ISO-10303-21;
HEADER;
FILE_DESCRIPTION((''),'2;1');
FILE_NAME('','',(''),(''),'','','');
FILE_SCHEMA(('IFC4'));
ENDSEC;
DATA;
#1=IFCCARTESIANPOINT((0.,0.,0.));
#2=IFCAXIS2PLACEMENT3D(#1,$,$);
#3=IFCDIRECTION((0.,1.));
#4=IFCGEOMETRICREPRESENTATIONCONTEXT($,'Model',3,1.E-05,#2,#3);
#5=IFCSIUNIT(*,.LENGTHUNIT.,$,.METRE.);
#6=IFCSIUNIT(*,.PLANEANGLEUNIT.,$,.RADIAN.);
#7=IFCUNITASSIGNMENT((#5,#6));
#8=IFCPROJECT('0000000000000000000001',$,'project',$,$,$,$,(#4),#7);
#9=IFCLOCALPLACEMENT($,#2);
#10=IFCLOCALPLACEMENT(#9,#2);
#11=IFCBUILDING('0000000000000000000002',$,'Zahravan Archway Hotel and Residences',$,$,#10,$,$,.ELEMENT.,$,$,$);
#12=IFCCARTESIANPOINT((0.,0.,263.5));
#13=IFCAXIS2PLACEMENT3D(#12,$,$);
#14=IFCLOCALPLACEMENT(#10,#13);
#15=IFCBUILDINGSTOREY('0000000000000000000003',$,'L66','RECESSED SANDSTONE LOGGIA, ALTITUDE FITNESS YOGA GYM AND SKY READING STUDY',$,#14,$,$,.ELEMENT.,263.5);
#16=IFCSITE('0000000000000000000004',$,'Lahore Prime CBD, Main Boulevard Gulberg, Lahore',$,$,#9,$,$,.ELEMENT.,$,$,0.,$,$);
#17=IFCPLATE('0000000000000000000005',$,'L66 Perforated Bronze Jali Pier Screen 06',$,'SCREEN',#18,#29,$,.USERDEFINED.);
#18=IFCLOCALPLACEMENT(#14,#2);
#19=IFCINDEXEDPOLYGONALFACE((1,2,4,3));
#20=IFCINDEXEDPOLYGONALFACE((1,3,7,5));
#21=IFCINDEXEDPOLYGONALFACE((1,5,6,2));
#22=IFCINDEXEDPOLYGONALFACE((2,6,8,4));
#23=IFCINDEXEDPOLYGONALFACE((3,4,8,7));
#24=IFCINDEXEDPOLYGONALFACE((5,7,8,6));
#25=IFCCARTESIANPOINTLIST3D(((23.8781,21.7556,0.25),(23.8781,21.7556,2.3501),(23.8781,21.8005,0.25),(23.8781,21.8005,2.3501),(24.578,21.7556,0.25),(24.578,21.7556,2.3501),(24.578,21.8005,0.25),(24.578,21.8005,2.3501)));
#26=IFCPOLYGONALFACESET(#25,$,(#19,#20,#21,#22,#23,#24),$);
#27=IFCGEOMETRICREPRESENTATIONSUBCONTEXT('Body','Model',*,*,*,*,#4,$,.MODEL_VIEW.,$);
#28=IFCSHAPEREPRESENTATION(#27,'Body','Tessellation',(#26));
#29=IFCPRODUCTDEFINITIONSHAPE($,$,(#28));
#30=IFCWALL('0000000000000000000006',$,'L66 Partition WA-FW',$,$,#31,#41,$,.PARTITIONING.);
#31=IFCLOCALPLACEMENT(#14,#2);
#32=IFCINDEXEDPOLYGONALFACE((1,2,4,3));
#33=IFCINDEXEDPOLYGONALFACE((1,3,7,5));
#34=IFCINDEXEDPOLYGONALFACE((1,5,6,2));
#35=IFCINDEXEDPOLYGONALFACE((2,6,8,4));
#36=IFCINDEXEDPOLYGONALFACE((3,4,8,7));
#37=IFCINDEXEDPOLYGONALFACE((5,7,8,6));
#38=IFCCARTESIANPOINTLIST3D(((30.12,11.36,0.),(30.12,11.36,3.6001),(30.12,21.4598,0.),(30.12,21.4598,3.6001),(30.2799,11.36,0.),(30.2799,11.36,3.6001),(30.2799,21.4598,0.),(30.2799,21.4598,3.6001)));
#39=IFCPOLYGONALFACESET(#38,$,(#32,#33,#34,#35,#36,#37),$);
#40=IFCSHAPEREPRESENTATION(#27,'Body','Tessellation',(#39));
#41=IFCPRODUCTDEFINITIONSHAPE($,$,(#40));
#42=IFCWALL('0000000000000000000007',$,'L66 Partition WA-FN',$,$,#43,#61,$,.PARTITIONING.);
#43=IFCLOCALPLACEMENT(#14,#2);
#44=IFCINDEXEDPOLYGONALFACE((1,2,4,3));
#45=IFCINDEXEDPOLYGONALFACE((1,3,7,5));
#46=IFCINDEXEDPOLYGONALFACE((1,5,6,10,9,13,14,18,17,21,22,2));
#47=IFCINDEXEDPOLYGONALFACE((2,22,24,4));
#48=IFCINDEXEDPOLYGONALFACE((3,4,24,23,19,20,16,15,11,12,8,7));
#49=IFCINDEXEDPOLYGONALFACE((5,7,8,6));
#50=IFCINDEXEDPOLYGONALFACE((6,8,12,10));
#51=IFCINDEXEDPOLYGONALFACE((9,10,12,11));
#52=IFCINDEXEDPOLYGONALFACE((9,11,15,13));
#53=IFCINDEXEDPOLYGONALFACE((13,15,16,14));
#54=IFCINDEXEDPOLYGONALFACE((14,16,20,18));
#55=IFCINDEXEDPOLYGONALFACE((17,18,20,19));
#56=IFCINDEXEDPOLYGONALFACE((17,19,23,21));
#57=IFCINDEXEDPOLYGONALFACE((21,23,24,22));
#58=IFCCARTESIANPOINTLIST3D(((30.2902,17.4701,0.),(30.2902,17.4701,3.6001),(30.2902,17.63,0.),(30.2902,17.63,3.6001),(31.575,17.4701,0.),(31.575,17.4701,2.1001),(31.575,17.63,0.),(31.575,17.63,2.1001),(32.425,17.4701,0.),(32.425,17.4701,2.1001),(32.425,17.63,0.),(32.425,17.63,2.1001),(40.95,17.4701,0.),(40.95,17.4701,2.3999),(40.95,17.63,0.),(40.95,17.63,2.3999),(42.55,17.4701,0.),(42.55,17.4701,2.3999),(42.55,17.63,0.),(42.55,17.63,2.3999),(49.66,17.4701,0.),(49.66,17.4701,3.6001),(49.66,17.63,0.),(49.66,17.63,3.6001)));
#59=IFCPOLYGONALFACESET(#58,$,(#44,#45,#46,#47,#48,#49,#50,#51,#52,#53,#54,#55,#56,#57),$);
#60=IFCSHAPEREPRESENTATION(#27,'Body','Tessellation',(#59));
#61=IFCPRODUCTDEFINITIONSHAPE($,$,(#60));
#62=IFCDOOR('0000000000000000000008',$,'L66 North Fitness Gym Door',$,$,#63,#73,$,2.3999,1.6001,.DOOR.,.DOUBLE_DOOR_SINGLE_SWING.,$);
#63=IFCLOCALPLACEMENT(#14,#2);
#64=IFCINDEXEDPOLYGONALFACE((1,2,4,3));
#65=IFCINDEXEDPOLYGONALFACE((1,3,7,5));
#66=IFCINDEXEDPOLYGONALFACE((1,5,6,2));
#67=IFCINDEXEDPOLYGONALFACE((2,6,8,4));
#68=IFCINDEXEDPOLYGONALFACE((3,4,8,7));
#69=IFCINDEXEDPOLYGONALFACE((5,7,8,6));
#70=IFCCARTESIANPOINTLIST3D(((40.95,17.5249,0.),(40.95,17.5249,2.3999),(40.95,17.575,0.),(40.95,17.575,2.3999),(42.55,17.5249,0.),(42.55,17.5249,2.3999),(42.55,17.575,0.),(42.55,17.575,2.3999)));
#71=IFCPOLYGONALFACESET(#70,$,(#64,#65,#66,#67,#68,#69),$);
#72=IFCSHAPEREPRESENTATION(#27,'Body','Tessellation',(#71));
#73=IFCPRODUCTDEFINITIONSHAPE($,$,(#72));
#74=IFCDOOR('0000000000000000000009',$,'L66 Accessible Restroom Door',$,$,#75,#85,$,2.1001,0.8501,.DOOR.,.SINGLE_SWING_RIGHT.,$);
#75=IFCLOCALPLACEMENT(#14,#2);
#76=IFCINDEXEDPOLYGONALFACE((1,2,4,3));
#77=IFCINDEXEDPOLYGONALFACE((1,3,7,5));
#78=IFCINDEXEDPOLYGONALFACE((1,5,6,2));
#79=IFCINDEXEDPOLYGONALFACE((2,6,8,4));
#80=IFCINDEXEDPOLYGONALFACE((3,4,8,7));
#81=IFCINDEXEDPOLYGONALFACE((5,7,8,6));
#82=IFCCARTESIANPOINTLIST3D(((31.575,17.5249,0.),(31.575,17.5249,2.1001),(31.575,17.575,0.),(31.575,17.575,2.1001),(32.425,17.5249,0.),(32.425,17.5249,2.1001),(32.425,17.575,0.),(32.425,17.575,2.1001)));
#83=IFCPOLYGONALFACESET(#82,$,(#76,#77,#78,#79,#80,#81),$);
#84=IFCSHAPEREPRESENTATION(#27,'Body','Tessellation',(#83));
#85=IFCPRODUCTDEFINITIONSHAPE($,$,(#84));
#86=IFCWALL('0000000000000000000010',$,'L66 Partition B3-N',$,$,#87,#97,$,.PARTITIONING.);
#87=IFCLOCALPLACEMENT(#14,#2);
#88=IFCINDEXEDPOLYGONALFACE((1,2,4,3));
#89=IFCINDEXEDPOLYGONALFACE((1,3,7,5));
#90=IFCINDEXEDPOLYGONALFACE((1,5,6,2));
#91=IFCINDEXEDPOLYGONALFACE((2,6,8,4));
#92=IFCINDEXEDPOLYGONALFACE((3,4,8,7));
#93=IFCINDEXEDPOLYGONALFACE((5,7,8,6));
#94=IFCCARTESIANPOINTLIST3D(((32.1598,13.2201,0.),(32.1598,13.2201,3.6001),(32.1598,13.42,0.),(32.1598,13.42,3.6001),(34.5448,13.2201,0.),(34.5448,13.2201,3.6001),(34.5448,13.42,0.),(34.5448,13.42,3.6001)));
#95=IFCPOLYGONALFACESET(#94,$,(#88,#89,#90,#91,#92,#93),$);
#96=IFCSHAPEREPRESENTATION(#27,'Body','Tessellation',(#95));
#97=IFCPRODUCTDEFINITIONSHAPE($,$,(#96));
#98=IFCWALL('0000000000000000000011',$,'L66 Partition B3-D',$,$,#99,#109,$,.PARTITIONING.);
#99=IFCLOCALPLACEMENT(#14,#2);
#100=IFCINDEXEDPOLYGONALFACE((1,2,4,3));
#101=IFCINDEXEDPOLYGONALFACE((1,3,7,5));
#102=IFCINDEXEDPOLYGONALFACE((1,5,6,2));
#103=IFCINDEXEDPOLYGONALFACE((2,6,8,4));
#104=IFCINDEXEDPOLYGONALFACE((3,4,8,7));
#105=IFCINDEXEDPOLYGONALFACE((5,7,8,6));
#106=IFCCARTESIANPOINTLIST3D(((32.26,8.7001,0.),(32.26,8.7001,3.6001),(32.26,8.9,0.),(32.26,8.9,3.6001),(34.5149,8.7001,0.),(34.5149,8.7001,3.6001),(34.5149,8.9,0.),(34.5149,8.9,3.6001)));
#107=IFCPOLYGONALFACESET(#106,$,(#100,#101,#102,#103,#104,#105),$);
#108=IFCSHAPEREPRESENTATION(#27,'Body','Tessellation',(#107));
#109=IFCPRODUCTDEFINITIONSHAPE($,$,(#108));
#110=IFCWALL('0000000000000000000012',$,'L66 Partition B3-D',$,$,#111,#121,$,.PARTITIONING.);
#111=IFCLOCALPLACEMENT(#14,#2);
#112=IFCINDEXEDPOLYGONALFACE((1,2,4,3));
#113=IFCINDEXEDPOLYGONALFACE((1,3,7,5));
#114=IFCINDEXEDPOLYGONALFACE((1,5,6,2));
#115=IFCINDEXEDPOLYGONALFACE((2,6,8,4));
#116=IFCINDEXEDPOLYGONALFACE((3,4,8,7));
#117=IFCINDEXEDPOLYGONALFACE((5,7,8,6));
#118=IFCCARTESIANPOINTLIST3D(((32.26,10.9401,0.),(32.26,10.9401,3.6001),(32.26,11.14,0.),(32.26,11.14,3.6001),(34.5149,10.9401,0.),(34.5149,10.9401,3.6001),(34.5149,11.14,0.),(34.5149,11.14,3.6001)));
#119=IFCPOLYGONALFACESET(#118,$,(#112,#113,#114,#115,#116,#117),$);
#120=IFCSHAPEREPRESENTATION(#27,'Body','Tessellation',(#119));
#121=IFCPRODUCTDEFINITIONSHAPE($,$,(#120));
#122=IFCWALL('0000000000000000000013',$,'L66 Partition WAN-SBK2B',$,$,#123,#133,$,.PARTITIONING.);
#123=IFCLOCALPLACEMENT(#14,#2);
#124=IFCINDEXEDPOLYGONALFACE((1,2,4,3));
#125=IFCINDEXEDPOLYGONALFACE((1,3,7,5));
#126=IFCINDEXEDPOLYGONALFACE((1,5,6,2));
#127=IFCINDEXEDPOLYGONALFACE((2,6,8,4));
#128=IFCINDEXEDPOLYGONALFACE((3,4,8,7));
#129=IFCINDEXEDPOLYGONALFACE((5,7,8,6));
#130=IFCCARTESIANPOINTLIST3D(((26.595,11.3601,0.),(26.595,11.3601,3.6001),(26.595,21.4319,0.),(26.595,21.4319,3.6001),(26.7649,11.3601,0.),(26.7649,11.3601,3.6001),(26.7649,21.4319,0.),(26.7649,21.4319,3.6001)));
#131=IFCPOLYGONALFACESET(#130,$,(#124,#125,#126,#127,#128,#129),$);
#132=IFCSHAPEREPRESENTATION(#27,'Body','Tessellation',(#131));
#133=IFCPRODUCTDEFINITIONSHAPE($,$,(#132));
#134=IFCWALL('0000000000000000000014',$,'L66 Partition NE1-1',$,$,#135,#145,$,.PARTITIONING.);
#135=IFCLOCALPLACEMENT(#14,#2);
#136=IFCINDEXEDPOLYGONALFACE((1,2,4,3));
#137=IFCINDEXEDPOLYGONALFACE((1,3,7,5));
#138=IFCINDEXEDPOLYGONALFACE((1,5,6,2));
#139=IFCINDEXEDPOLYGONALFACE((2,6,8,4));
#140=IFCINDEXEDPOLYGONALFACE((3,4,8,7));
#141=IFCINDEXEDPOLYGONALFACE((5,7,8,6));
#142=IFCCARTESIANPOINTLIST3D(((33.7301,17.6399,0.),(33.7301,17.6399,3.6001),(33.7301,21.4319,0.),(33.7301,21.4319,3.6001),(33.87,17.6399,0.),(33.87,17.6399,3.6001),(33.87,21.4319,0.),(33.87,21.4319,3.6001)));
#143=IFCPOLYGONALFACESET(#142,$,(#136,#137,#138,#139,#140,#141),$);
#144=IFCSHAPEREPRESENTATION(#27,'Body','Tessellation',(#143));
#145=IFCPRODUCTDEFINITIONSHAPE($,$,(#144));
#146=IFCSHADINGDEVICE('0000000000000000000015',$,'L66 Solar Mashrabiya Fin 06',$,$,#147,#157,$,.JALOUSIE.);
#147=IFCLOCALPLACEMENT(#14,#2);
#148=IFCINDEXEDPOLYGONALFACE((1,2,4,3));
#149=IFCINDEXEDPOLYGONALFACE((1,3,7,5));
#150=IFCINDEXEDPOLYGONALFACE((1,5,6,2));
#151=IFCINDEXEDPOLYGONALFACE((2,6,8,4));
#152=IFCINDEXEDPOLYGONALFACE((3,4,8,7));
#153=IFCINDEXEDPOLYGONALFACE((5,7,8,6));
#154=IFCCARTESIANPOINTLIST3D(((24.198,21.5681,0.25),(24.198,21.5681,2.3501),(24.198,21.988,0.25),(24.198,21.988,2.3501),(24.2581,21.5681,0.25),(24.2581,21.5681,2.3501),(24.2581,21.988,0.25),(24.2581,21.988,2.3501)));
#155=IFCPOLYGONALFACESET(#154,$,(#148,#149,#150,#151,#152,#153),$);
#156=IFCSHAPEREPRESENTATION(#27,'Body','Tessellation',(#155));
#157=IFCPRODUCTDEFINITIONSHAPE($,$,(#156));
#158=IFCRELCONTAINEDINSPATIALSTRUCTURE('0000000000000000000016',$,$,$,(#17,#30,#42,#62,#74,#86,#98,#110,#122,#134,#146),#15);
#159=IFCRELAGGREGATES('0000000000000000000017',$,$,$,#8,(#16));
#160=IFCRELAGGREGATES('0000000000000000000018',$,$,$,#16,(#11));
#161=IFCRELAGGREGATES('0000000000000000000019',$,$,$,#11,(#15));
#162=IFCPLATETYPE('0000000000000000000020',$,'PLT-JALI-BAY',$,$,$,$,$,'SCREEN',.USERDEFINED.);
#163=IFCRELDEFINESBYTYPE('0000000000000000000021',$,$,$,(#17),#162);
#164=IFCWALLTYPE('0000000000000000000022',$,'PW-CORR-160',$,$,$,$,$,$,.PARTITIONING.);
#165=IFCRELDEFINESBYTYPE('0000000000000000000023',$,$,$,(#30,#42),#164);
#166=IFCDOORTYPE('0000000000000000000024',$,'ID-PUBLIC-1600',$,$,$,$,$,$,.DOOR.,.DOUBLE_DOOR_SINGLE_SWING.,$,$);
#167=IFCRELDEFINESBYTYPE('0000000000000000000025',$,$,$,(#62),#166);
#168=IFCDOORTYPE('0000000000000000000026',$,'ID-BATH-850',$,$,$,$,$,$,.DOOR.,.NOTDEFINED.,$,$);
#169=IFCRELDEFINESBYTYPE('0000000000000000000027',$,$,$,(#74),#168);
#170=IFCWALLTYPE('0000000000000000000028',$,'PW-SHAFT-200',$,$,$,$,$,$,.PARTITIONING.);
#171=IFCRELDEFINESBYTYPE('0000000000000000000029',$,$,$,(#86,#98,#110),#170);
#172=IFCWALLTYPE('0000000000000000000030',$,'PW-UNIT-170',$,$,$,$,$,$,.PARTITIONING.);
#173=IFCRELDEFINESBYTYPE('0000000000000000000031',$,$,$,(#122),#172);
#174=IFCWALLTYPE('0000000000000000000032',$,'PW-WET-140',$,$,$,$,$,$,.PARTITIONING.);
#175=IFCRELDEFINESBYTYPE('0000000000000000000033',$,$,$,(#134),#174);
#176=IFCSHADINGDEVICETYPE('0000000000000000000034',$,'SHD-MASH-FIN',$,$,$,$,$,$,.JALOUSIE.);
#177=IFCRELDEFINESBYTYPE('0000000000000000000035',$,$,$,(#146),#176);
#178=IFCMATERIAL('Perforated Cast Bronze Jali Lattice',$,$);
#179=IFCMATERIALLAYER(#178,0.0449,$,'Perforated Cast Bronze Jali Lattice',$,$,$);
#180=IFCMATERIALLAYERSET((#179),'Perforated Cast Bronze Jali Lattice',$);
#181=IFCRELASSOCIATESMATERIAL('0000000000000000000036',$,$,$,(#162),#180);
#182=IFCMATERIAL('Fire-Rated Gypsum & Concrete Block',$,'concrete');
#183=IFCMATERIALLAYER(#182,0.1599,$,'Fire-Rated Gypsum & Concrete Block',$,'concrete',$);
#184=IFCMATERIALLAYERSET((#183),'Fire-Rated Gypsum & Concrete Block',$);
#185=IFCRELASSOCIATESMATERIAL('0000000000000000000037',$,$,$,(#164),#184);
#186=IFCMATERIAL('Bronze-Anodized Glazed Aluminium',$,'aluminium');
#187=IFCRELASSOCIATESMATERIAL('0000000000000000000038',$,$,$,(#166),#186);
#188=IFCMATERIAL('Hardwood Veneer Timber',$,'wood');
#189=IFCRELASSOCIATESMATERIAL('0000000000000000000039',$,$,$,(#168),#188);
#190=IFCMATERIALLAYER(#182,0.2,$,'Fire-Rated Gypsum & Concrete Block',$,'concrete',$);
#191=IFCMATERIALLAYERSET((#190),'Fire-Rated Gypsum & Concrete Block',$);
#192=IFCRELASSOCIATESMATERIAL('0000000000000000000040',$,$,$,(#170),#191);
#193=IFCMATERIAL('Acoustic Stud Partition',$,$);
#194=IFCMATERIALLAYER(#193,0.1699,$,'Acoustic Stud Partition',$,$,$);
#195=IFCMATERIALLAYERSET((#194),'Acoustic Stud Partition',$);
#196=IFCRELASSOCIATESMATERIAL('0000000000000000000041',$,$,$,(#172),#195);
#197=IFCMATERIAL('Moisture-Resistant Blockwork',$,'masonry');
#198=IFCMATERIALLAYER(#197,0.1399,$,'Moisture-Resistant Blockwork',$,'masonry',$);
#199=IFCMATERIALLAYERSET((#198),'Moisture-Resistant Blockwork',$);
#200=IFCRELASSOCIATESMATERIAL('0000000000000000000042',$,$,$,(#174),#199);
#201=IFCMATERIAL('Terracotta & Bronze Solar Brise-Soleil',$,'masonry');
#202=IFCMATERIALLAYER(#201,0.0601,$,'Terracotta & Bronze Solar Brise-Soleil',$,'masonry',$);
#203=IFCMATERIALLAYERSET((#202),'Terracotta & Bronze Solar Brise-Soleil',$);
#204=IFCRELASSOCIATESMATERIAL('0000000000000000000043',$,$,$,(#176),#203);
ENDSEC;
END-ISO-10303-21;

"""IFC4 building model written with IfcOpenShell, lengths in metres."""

from ifc_helpers import new_model, si_unit, direction, frame, frame_2d, origin, origin_2d, place, context, subcontext, project, spatial, rectangle, extrude, source, transform, mapped, material, layer, layer_set, type_object, type_shapes, element, fill, save


model = new_model("IFC4")

# Units and contexts
model_context = context("Model", 3, precision=1e-05, world=origin(), true_north=direction((0.0, 1.0)))
body_context = subcontext(model_context, "Body", "Model", "MODEL_VIEW")
ifc_project = project(units=[si_unit("LENGTHUNIT", "METRE"), si_unit("PLANEANGLEUNIT", "RADIAN")], contexts=[model_context])

# Site, building, storey
site_placement = place(None, origin())
site = spatial("IfcSite", under=ifc_project, at=site_placement, Name="Lahore Prime CBD, Main Boulevard Gulberg, Lahore", CompositionType="ELEMENT", RefElevation=0.0)
building_placement = place(site_placement, origin())
building = spatial("IfcBuilding", under=site, at=building_placement, Name="Zahravan Archway Hotel and Residences", CompositionType="ELEMENT")
storey_placement = place(building_placement, frame((0.0, 0.0, 263.5)))
storey = spatial("IfcBuildingStorey", under=building, at=storey_placement, Name="L66", Description="RECESSED SANDSTONE LOGGIA, ALTITUDE FITNESS YOGA GYM AND SKY READING STUDY", CompositionType="ELEMENT", Elevation=263.5)

# Plate
ifc_material_1 = material(Name="Perforated Cast Bronze Jali Lattice")
ifc_layer_1 = layer(ifc_material_1, 0.0449, Name="Perforated Cast Bronze Jali Lattice")
ifc_layer_set_1 = layer_set([ifc_layer_1], Name="Perforated Cast Bronze Jali Lattice")
plate_type = type_object("IfcPlateType", Name="PLT-JALI-BAY", ElementType="SCREEN", PredefinedType="USERDEFINED", material=ifc_layer_set_1)
shared_shape_1 = source(origin(), body_context, "Body", "SweptSolid", [
    extrude(rectangle(XDim=0.7, YDim=0.0449, at=origin_2d()), origin(), (0.0, 0.0, 1.0), 2.1001),
])
type_shapes(plate_type, [shared_shape_1])
plate_placement = place(storey_placement, frame((24.228, 21.7781, 0.25), z_axis=(0.0, 0.0, 1.0), x_axis=(1.0, 0.0, 0.0)))
element("IfcPlate", 1, at=plate_placement, inside=storey, type_object=plate_type, Name="L66 Perforated Bronze Jali Pier Screen 06", ObjectType="SCREEN", PredefinedType="USERDEFINED", context=body_context, shape_type="MappedRepresentation", body=[
    mapped(shared_shape_1, transform((0.0, 0.0, 0.0), scale=1.0)),
])

# Wall
ifc_material_2 = material(Name="Fire-Rated Gypsum & Concrete Block", Category="concrete")
ifc_layer_2 = layer(ifc_material_2, 0.1599, Name="Fire-Rated Gypsum & Concrete Block", Category="concrete")
ifc_layer_set_2 = layer_set([ifc_layer_2], Name="Fire-Rated Gypsum & Concrete Block")
wall_type_1 = type_object("IfcWallType", Name="PW-CORR-160", PredefinedType="PARTITIONING", material=ifc_layer_set_2)
wall_1_placement = place(storey_placement, frame((30.2, 11.3601, 0.0), z_axis=(0.0, 0.0, 1.0), x_axis=(0.0, 1.0, 0.0)))
element("IfcWall", 2, at=wall_1_placement, inside=storey, type_object=wall_type_1, Name="L66 Partition WA-FW", PredefinedType="PARTITIONING", context=body_context, shape_type="SweptSolid", body=[
    extrude(rectangle(XDim=10.0999, YDim=0.1599, at=frame_2d((5.0498, 0.0))), origin(), (0.0, 0.0, 1.0), 3.6001),
])

# Wall, openings, doors
wall_2_placement = place(storey_placement, frame((30.29, 17.55, 0.0), z_axis=(0.0, 0.0, 1.0), x_axis=(1.0, 0.0, 0.0)))
wall_2 = element("IfcWall", 3, at=wall_2_placement, inside=storey, type_object=wall_type_1, Name="L66 Partition WA-FN", PredefinedType="PARTITIONING", context=body_context, shape_type="SweptSolid", body=[
    extrude(rectangle(XDim=19.3699, YDim=0.1599, at=frame_2d((9.6851, 0.0))), origin(), (0.0, 0.0, 1.0), 3.6001),
])
opening_1_placement = place(wall_2_placement, frame((1.2849, 0.0, 0.0)))
opening_1 = element("IfcOpeningElement", 4, at=opening_1_placement, cuts=wall_2, PredefinedType="OPENING", context=body_context, shape_type="SweptSolid", body=[
    extrude(rectangle(XDim=0.8501, YDim=2.1001, at=frame_2d((0.425, 1.05))), frame((0.0, 0.0898, 0.0), z_axis=(0.0, -1.0, 0.0), x_axis=(1.0, 0.0, 0.0)), (0.0, 0.0, 1.0), 0.1799),
])
opening_2_placement = place(wall_2_placement, frame((10.6599, 0.0, 0.0)))
opening_2 = element("IfcOpeningElement", 5, at=opening_2_placement, cuts=wall_2, PredefinedType="OPENING", context=body_context, shape_type="SweptSolid", body=[
    extrude(rectangle(XDim=1.6001, YDim=2.3999, at=frame_2d((0.8, 1.2))), frame((0.0, 0.0898, 0.0), z_axis=(0.0, -1.0, 0.0), x_axis=(1.0, 0.0, 0.0)), (0.0, 0.0, 1.0), 0.1799),
])
ifc_material_3 = material(Name="Bronze-Anodized Glazed Aluminium", Category="aluminium")
door_type_1 = type_object("IfcDoorType", Name="ID-PUBLIC-1600", OperationType="DOUBLE_DOOR_SINGLE_SWING", PredefinedType="DOOR", material=ifc_material_3)
shared_shape_2 = source(origin(), body_context, "Body", "SweptSolid", [
    extrude(rectangle(XDim=1.6001, YDim=2.3999, at=frame_2d((0.8, 1.2))), frame((0.0, 0.0249, 0.0), z_axis=(0.0, -1.0, 0.0), x_axis=(1.0, 0.0, 0.0)), (0.0, 0.0, 1.0), 0.05),
])
type_shapes(door_type_1, [shared_shape_2])
door_1_placement = place(opening_2_placement, origin())
door_1 = element("IfcDoor", 6, at=door_1_placement, inside=storey, type_object=door_type_1, Name="L66 North Fitness Gym Door", OperationType="DOUBLE_DOOR_SINGLE_SWING", OverallHeight=2.3999, OverallWidth=1.6001, PredefinedType="DOOR", context=body_context, shape_type="MappedRepresentation", body=[
    mapped(shared_shape_2, transform((0.0, 0.0, 0.0), scale=1.0)),
])
fill(opening_2, door_1)
ifc_material_4 = material(Name="Hardwood Veneer Timber", Category="wood")
door_type_2 = type_object("IfcDoorType", Name="ID-BATH-850", OperationType="NOTDEFINED", PredefinedType="DOOR", material=ifc_material_4)
shared_shape_3 = source(origin(), body_context, "Body", "SweptSolid", [
    extrude(rectangle(XDim=0.8501, YDim=2.1001, at=frame_2d((0.425, 1.05))), frame((0.0, 0.0249, 0.0), z_axis=(0.0, -1.0, 0.0), x_axis=(1.0, 0.0, 0.0)), (0.0, 0.0, 1.0), 0.05),
])
type_shapes(door_type_2, [shared_shape_3])
door_2_placement = place(opening_1_placement, origin())
door_2 = element("IfcDoor", 7, at=door_2_placement, inside=storey, type_object=door_type_2, Name="L66 Accessible Restroom Door", OperationType="SINGLE_SWING_RIGHT", OverallHeight=2.1001, OverallWidth=0.8501, PredefinedType="DOOR", context=body_context, shape_type="MappedRepresentation", body=[
    mapped(shared_shape_3, transform((0.0, 0.0, 0.0), scale=1.0)),
])
fill(opening_1, door_2)

# Walls
ifc_layer_3 = layer(ifc_material_2, 0.2, Name="Fire-Rated Gypsum & Concrete Block", Category="concrete")
ifc_layer_set_3 = layer_set([ifc_layer_3], Name="Fire-Rated Gypsum & Concrete Block")
wall_type_2 = type_object("IfcWallType", Name="PW-SHAFT-200", PredefinedType="PARTITIONING", material=ifc_layer_set_3)
wall_3_placement = place(storey_placement, frame((32.1599, 13.3201, 0.0), z_axis=(0.0, 0.0, 1.0), x_axis=(1.0, 0.0, 0.0)))
element("IfcWall", 8, at=wall_3_placement, inside=storey, type_object=wall_type_2, Name="L66 Partition B3-N", PredefinedType="PARTITIONING", context=body_context, shape_type="SweptSolid", body=[
    extrude(rectangle(XDim=2.385, YDim=0.2, at=frame_2d((1.1924, 0.0))), origin(), (0.0, 0.0, 1.0), 3.6001),
])
for number, where, z_axis, x_axis, name in (
    (9, (32.26, 8.8, 0.0), (0.0, 0.0, 1.0), (1.0, 0.0, 0.0), "L66 Partition B3-D"),
    (10, (32.26, 11.04, 0.0), (0.0, 0.0, 1.0), (1.0, 0.0, 0.0), "L66 Partition B3-D"),
):
    element("IfcWall", number, at=place(storey_placement, frame(where, z_axis=z_axis, x_axis=x_axis)), inside=storey, type_object=wall_type_2, Name=name, PredefinedType="PARTITIONING", context=body_context, shape_type="SweptSolid", body=[
        extrude(rectangle(XDim=2.2549, YDim=0.2, at=frame_2d((1.1274, 0.0))), origin(), (0.0, 0.0, 1.0), 3.6001),
    ])
ifc_material_5 = material(Name="Acoustic Stud Partition")
ifc_layer_4 = layer(ifc_material_5, 0.1699, Name="Acoustic Stud Partition")
ifc_layer_set_4 = layer_set([ifc_layer_4], Name="Acoustic Stud Partition")
wall_type_3 = type_object("IfcWallType", Name="PW-UNIT-170", PredefinedType="PARTITIONING", material=ifc_layer_set_4)
wall_4_placement = place(storey_placement, frame((26.6799, 11.3601, 0.0), z_axis=(0.0, 0.0, 1.0), x_axis=(0.0, 1.0, 0.0)))
element("IfcWall", 11, at=wall_4_placement, inside=storey, type_object=wall_type_3, Name="L66 Partition WAN-SBK2B", PredefinedType="PARTITIONING", context=body_context, shape_type="SweptSolid", body=[
    extrude(rectangle(XDim=10.0718, YDim=0.1699, at=frame_2d((5.0359, 0.0))), origin(), (0.0, 0.0, 1.0), 3.6001),
])
ifc_material_6 = material(Name="Moisture-Resistant Blockwork", Category="masonry")
ifc_layer_5 = layer(ifc_material_6, 0.1399, Name="Moisture-Resistant Blockwork", Category="masonry")
ifc_layer_set_5 = layer_set([ifc_layer_5], Name="Moisture-Resistant Blockwork")
wall_type_4 = type_object("IfcWallType", Name="PW-WET-140", PredefinedType="PARTITIONING", material=ifc_layer_set_5)
wall_5_placement = place(storey_placement, frame((33.8, 17.6399, 0.0), z_axis=(0.0, 0.0, 1.0), x_axis=(0.0, 1.0, 0.0)))
element("IfcWall", 12, at=wall_5_placement, inside=storey, type_object=wall_type_4, Name="L66 Partition NE1-1", PredefinedType="PARTITIONING", context=body_context, shape_type="SweptSolid", body=[
    extrude(rectangle(XDim=3.792, YDim=0.1399, at=frame_2d((1.896, 0.0))), origin(), (0.0, 0.0, 1.0), 3.6001),
])

# Shading device
ifc_material_7 = material(Name="Terracotta & Bronze Solar Brise-Soleil", Category="masonry")
ifc_layer_6 = layer(ifc_material_7, 0.0601, Name="Terracotta & Bronze Solar Brise-Soleil", Category="masonry")
ifc_layer_set_6 = layer_set([ifc_layer_6], Name="Terracotta & Bronze Solar Brise-Soleil")
shading_device_type = type_object("IfcShadingDeviceType", Name="SHD-MASH-FIN", PredefinedType="JALOUSIE", material=ifc_layer_set_6)
shared_shape_4 = source(origin(), body_context, "Body", "SweptSolid", [
    extrude(rectangle(XDim=0.0601, YDim=0.4199, at=origin_2d()), origin(), (0.0, 0.0, 1.0), 2.1001),
])
type_shapes(shading_device_type, [shared_shape_4])
shading_device_placement = place(storey_placement, frame((24.228, 21.7781, 0.25), z_axis=(0.0, 0.0, 1.0), x_axis=(1.0, 0.0, 0.0)))
element("IfcShadingDevice", 13, at=shading_device_placement, inside=storey, type_object=shading_device_type, Name="L66 Solar Mashrabiya Fin 06", PredefinedType="JALOUSIE", context=body_context, shape_type="MappedRepresentation", body=[
    mapped(shared_shape_4, transform((0.0, 0.0, 0.0), scale=1.0)),
])

save(model, "model.ifc")
